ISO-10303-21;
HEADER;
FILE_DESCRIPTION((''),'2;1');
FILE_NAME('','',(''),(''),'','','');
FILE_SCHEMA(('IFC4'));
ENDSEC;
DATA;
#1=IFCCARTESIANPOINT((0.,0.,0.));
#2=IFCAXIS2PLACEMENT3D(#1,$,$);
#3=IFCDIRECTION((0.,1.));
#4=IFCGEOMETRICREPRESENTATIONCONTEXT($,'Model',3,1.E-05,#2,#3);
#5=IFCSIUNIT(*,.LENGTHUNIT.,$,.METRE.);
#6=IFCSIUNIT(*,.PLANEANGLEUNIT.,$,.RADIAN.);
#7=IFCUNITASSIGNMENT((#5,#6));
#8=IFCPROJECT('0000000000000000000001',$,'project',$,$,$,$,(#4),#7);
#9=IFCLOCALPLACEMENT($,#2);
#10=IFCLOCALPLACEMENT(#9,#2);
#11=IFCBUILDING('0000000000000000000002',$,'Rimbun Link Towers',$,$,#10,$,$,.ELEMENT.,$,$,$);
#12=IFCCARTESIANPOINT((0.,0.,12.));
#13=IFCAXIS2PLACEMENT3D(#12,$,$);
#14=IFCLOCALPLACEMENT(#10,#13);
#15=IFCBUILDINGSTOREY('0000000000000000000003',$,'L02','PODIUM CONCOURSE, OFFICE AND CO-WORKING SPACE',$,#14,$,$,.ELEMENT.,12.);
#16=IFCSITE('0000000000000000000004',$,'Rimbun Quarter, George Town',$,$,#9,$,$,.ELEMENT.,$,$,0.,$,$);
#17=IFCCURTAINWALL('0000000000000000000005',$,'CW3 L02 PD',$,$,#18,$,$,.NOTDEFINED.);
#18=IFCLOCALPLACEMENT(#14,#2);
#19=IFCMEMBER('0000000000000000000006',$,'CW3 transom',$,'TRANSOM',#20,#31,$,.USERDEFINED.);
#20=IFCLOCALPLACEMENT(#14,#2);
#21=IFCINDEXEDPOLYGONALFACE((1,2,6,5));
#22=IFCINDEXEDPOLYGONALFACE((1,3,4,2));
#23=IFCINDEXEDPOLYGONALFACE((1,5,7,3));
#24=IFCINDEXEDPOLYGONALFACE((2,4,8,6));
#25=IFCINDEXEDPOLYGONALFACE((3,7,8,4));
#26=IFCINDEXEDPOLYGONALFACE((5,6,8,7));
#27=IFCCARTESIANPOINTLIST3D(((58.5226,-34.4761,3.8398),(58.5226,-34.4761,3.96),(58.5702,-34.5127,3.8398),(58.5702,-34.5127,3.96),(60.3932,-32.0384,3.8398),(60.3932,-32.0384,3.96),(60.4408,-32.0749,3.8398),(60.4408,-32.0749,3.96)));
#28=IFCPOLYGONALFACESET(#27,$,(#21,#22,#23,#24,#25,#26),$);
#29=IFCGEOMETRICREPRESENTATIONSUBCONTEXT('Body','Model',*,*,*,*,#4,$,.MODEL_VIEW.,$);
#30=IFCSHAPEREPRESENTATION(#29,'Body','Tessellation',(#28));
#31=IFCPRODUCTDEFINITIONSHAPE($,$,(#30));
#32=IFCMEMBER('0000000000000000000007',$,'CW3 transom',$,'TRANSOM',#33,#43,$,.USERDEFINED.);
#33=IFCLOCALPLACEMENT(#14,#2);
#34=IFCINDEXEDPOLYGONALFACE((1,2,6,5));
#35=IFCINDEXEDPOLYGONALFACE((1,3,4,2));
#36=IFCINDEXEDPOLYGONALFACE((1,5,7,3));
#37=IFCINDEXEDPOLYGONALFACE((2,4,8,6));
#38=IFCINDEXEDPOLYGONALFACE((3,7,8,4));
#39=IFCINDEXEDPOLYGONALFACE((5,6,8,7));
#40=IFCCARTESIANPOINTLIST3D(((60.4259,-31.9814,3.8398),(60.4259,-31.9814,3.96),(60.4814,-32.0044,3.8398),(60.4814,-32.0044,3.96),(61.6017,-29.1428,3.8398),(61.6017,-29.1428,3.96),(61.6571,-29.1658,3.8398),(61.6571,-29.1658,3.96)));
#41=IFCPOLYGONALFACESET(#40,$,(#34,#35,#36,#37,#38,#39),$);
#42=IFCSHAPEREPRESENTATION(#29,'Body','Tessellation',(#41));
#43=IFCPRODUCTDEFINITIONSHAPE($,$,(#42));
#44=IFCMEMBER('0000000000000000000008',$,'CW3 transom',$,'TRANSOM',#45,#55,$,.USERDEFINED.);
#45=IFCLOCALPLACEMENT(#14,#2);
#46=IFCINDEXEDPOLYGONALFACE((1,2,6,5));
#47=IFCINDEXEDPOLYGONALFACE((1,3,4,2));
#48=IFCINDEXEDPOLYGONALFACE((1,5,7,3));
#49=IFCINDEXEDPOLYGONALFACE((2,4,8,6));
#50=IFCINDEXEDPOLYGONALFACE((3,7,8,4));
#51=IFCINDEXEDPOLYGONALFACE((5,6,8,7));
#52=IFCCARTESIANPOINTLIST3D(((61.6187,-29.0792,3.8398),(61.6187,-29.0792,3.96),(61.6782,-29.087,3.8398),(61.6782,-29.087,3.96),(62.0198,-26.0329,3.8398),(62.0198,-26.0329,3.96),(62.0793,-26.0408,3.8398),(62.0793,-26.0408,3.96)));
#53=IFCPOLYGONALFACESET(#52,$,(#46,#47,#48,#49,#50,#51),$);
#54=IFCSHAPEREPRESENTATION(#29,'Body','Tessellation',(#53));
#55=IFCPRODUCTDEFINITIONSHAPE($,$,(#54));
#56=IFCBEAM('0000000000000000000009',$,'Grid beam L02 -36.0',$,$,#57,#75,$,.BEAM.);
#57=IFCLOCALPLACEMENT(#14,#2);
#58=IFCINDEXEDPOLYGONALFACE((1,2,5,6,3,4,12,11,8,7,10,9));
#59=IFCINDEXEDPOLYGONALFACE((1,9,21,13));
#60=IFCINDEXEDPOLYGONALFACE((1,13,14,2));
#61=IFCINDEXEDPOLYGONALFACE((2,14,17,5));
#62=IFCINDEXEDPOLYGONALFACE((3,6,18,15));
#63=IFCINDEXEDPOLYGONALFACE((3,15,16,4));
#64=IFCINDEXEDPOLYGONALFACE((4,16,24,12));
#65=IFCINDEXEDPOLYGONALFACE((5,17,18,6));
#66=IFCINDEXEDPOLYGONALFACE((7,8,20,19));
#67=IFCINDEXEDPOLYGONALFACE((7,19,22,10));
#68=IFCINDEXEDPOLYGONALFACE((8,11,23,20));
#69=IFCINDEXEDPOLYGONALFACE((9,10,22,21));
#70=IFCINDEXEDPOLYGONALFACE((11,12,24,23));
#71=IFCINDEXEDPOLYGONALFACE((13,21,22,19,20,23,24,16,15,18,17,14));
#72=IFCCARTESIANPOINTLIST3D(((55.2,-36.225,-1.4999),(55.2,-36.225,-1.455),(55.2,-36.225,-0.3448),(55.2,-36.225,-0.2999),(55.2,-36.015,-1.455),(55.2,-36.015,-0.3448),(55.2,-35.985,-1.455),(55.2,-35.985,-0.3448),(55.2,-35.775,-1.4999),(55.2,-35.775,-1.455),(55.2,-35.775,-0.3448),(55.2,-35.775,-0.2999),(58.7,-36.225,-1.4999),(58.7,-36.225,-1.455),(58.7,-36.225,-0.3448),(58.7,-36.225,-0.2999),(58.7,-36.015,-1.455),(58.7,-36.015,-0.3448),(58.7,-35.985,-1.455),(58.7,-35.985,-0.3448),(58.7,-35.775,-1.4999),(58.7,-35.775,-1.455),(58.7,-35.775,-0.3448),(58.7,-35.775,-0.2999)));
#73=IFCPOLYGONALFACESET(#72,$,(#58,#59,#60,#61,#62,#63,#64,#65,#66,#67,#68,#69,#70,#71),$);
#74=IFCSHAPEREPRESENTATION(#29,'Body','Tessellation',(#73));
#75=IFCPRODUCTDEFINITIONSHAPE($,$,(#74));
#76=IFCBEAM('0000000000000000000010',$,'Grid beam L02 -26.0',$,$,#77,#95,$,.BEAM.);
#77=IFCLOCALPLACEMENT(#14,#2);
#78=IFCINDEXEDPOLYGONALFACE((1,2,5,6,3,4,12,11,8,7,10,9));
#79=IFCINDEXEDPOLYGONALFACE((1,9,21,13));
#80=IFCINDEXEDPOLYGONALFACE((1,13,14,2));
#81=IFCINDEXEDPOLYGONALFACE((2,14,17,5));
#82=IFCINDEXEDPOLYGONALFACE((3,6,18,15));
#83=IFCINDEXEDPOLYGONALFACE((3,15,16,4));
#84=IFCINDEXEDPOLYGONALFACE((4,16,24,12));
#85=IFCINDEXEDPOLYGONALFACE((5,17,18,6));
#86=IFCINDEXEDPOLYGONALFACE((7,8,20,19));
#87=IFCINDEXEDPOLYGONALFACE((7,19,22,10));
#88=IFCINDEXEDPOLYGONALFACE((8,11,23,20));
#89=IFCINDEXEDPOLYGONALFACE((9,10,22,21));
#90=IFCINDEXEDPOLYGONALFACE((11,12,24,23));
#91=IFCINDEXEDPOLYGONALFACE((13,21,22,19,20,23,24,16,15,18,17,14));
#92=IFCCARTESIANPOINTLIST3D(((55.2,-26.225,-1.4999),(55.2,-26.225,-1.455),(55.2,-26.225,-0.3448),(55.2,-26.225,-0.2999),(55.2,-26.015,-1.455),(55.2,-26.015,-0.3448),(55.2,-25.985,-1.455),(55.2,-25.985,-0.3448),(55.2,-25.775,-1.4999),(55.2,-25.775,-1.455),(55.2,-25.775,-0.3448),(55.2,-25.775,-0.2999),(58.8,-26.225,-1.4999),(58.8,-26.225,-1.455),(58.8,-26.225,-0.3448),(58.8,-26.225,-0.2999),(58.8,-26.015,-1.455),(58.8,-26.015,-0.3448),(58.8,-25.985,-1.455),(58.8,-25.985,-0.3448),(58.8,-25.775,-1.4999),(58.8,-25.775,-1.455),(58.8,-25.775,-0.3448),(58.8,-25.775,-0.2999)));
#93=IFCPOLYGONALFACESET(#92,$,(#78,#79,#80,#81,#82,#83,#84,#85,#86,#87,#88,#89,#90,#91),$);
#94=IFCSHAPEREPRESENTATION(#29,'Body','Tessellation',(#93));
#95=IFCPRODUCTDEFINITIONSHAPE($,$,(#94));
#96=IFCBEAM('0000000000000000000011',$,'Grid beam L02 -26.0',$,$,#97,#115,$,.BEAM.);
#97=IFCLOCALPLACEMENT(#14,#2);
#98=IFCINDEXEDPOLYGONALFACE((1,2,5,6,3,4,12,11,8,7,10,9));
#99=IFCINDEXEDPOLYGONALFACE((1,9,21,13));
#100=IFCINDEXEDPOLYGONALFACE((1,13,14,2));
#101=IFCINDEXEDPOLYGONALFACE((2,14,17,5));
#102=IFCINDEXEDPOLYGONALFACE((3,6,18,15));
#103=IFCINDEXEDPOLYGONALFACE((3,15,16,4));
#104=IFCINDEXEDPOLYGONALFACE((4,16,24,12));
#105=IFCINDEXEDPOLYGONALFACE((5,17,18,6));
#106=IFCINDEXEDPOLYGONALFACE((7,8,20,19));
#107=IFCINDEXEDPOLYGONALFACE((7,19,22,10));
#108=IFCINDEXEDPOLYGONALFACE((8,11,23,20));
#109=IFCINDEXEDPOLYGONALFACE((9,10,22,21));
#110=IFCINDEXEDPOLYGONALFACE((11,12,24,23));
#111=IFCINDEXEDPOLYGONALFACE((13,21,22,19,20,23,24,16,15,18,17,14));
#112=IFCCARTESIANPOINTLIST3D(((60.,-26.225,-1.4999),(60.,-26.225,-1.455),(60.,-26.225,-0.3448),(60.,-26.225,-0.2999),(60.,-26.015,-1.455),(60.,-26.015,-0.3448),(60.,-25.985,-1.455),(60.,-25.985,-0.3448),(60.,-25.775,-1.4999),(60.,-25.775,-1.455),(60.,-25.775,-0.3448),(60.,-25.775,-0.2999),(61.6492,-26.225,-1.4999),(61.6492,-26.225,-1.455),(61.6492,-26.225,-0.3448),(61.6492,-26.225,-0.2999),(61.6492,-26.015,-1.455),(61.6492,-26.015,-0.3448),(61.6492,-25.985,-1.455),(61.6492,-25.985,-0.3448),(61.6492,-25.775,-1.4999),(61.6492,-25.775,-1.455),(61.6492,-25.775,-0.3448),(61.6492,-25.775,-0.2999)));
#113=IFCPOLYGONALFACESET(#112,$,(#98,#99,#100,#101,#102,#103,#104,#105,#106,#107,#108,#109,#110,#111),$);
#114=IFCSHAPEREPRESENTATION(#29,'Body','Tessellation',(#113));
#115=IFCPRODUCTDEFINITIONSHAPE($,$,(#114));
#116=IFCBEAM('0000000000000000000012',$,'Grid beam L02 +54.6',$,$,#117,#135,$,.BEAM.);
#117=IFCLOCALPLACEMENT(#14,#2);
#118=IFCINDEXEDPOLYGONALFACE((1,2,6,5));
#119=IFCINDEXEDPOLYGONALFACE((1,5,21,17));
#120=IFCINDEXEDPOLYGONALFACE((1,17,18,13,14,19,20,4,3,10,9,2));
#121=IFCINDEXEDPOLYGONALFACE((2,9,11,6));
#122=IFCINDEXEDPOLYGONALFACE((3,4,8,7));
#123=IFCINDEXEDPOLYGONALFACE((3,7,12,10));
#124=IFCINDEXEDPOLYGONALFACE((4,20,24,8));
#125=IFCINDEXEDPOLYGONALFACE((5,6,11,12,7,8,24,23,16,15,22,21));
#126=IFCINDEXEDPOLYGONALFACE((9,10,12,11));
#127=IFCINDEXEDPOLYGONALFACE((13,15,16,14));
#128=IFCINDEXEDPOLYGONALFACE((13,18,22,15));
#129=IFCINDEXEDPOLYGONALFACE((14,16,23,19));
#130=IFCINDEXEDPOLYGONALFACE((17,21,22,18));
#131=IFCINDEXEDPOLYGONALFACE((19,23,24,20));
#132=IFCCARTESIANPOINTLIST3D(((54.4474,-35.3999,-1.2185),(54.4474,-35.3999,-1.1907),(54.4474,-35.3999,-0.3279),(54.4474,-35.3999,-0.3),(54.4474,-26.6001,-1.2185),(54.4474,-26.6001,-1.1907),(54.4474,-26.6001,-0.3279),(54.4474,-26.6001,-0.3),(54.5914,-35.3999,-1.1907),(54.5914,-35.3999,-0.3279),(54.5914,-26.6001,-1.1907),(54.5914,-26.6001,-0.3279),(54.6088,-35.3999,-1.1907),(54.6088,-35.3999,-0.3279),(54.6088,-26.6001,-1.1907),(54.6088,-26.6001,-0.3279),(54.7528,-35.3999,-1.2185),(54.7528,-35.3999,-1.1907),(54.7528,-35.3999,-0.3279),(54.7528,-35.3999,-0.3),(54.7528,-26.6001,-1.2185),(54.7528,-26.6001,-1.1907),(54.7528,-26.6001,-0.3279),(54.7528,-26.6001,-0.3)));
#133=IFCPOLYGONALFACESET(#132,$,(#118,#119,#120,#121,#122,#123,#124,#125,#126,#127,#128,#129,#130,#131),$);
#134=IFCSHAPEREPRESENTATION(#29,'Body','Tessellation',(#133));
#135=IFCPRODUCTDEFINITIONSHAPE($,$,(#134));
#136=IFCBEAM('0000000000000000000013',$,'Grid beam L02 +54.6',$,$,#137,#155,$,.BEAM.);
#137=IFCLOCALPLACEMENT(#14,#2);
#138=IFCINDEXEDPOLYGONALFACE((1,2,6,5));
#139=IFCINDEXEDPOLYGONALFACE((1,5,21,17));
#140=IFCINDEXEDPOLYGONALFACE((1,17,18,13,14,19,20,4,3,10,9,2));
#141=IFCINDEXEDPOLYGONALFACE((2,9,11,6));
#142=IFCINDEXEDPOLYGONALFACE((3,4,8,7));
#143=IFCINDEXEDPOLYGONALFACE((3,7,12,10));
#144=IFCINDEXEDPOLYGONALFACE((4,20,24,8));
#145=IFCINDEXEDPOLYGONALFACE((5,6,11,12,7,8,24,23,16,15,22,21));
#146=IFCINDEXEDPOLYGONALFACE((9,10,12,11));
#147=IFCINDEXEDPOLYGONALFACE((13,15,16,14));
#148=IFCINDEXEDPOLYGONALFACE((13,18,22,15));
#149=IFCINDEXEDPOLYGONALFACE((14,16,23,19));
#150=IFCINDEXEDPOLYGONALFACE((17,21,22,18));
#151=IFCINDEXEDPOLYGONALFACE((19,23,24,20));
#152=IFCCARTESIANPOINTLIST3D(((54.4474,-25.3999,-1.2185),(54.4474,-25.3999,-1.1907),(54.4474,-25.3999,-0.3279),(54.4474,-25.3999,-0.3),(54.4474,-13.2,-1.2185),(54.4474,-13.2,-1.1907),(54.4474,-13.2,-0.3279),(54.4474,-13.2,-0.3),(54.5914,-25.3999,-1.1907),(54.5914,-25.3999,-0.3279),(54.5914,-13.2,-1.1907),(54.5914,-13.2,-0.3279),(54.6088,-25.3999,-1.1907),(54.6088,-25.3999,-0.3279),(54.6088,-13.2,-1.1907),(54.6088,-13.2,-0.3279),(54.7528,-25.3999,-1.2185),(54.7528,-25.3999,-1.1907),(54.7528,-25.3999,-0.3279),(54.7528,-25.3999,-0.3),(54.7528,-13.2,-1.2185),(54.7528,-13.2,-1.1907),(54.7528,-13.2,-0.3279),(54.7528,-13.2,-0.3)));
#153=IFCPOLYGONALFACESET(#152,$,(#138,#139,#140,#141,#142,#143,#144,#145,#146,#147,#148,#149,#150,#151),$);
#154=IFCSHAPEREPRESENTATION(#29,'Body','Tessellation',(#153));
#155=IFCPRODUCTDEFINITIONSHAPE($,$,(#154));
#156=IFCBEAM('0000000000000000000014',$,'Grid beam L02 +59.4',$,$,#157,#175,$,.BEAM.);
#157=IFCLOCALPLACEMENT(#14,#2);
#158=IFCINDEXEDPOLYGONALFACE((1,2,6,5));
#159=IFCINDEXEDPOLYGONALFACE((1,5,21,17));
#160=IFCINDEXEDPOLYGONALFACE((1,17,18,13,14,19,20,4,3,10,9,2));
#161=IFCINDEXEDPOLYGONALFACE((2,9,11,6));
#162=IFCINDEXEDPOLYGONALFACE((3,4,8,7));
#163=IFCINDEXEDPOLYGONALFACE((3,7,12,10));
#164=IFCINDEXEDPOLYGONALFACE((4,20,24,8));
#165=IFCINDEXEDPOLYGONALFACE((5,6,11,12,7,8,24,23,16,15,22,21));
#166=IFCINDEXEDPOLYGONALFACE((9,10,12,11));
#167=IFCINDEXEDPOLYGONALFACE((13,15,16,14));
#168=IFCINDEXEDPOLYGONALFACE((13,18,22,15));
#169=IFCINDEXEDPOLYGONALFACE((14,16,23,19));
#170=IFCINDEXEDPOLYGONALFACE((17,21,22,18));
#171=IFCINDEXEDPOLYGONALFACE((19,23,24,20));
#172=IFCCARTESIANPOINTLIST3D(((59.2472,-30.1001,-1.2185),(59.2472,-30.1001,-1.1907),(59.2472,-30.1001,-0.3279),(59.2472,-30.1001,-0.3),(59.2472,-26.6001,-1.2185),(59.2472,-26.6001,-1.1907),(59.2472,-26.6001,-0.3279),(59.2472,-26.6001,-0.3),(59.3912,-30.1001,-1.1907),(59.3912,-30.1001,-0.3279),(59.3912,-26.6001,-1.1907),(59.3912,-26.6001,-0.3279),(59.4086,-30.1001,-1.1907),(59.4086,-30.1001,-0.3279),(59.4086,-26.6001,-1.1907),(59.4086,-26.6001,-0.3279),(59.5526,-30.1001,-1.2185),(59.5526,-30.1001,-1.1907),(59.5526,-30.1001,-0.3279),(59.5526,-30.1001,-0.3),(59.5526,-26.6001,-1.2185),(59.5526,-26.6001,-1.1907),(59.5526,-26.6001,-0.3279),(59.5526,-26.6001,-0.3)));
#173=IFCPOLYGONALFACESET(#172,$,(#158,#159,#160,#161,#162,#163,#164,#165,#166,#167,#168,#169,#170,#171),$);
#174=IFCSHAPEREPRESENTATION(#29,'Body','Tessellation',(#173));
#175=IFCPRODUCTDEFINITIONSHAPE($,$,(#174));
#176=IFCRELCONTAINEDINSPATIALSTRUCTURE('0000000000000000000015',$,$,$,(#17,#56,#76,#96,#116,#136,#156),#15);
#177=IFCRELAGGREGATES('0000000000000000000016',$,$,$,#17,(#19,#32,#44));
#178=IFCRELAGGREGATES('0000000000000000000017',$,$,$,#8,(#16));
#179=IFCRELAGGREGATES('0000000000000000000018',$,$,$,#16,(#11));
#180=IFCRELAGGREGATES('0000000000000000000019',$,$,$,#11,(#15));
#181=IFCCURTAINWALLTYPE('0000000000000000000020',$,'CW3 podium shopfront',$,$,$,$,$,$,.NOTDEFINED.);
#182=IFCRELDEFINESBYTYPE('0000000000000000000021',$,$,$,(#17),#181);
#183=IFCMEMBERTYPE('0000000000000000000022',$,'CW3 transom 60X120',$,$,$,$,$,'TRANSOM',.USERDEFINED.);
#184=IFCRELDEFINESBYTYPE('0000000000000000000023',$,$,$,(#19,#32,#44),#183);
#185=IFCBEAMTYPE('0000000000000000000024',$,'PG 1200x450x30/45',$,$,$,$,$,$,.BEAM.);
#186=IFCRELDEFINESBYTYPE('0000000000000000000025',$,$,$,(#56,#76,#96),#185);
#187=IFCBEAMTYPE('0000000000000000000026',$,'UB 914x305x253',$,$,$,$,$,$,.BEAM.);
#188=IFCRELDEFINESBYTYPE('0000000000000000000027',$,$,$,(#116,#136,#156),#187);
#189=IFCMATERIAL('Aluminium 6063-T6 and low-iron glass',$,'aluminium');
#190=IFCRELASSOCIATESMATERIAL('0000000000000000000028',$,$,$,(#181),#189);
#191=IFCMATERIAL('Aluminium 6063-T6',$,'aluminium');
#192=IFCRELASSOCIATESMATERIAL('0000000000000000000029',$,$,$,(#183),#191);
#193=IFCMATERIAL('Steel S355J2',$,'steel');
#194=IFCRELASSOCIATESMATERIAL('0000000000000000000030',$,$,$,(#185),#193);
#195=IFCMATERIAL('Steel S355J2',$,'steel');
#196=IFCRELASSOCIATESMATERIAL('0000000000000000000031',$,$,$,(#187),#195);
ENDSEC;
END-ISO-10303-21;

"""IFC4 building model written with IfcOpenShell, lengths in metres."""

from ifc_helpers import new_model, si_unit, direction, frame, origin, origin_2d, place, context, subcontext, project, spatial, rectangle, i_section, extrude, material, material_profile, profile_set, type_object, element, aggregate, save


model = new_model("IFC4")

# Units and contexts
model_context = context("Model", 3, precision=1e-05, world=origin(), true_north=direction((0.0, 1.0)))
body_context = subcontext(model_context, "Body", "Model", "MODEL_VIEW")
ifc_project = project(units=[si_unit("LENGTHUNIT", "METRE"), si_unit("PLANEANGLEUNIT", "RADIAN")], contexts=[model_context])

# Site, building, storey
site_placement = place(None, origin())
site = spatial("IfcSite", under=ifc_project, at=site_placement, Name="Rimbun Quarter, George Town", CompositionType="ELEMENT", RefElevation=0.0)
building_placement = place(site_placement, origin())
building = spatial("IfcBuilding", under=site, at=building_placement, Name="Rimbun Link Towers", CompositionType="ELEMENT")
storey_placement = place(building_placement, frame((0.0, 0.0, 12.0)))
storey = spatial("IfcBuildingStorey", under=building, at=storey_placement, Name="L02", Description="PODIUM CONCOURSE, OFFICE AND CO-WORKING SPACE", CompositionType="ELEMENT", Elevation=12.0)

# Curtain wall, members
ifc_material_1 = material(Name="Aluminium 6063-T6 and low-iron glass", Category="aluminium")
curtain_wall_type = type_object("IfcCurtainWallType", Name="CW3 podium shopfront", PredefinedType="NOTDEFINED", material=ifc_material_1)
curtain_wall_placement = place(storey_placement, origin())
curtain_wall = element("IfcCurtainWall", 1, at=curtain_wall_placement, inside=storey, type_object=curtain_wall_type, Name="CW3 L02 PD", PredefinedType="NOTDEFINED")
ifc_material_2 = material(Name="Aluminium 6063-T6", Category="aluminium")
ifc_material_profile_1 = material_profile(ifc_material_2, rectangle(XDim=0.0601, YDim=0.1201, at=origin_2d()), Name="TRANSOM 60X120")
ifc_profile_set_1 = profile_set([ifc_material_profile_1], Name="Aluminium 6063-T6")
member_type_1 = type_object("IfcMemberType", Name="CW3 transom 60X120", ElementType="TRANSOM", PredefinedType="USERDEFINED", material=ifc_profile_set_1)
member_1_placement = place(storey_placement, frame((60.417, -32.0566, 3.8999), z_axis=(-0.608773, -0.793344, 0.0), x_axis=(0.793344, -0.608773, 0.0)))
member_1 = element("IfcMember", 2, at=member_1_placement, type_object=member_type_1, Name="CW3 transom", ObjectType="TRANSOM", PredefinedType="USERDEFINED", context=body_context, shape_type="SweptSolid", body=[
    extrude(rectangle(XDim=0.0601, YDim=0.1201, at=origin_2d()), origin(), (0.0, 0.0, 1.0), 3.0728),
])
member_2_placement = place(storey_placement, frame((61.6294, -29.1543, 3.8999), z_axis=(-0.382679, -0.923881, 0.0), x_axis=(0.923881, -0.382679, 0.0)))
member_2 = element("IfcMember", 3, at=member_2_placement, type_object=member_type_1, Name="CW3 transom", ObjectType="TRANSOM", PredefinedType="USERDEFINED", context=body_context, shape_type="SweptSolid", body=[
    extrude(rectangle(XDim=0.0601, YDim=0.1201, at=origin_2d()), origin(), (0.0, 0.0, 1.0), 3.0725),
])
member_3_placement = place(storey_placement, frame((62.0496, -26.0369, 3.8999), z_axis=(-0.130555, -0.991441, 0.0), x_axis=(0.991441, -0.130555, 0.0)))
member_3 = element("IfcMember", 4, at=member_3_placement, type_object=member_type_1, Name="CW3 transom", ObjectType="TRANSOM", PredefinedType="USERDEFINED", context=body_context, shape_type="SweptSolid", body=[
    extrude(rectangle(XDim=0.0601, YDim=0.1201, at=origin_2d()), origin(), (0.0, 0.0, 1.0), 3.0725),
])

# Beams
ifc_material_3 = material(Name="Steel S355J2", Category="steel")
ifc_material_profile_2 = material_profile(ifc_material_3, i_section(OverallWidth=0.45, OverallDepth=1.2, WebThickness=0.03, FlangeThickness=0.0449, at=origin_2d()), Name="PG 1200x450x30/45")
ifc_profile_set_2 = profile_set([ifc_material_profile_2], Name="Steel S355J2")
beam_type_1 = type_object("IfcBeamType", Name="PG 1200x450x30/45", PredefinedType="BEAM", material=ifc_profile_set_2)
beam_1_placement = place(storey_placement, frame((55.2, -36.0, -0.8999), z_axis=(1.0, 0.0, 0.0), x_axis=(0.0, 1.0, 0.0)))
element("IfcBeam", 5, at=beam_1_placement, inside=storey, type_object=beam_type_1, Name="Grid beam L02 -36.0", PredefinedType="BEAM", context=body_context, shape_type="SweptSolid", body=[
    extrude(i_section(OverallWidth=0.45, OverallDepth=1.2, WebThickness=0.03, FlangeThickness=0.0449, at=origin_2d()), origin(), (0.0, 0.0, 1.0), 3.5),
])
beam_2_placement = place(storey_placement, frame((55.2, -26.0, -0.8999), z_axis=(1.0, 0.0, 0.0), x_axis=(0.0, 1.0, 0.0)))
element("IfcBeam", 6, at=beam_2_placement, inside=storey, type_object=beam_type_1, Name="Grid beam L02 -26.0", PredefinedType="BEAM", context=body_context, shape_type="SweptSolid", body=[
    extrude(i_section(OverallWidth=0.45, OverallDepth=1.2, WebThickness=0.03, FlangeThickness=0.0449, at=origin_2d()), origin(), (0.0, 0.0, 1.0), 3.6001),
])
beam_3_placement = place(storey_placement, frame((60.0, -26.0, -0.8999), z_axis=(1.0, 0.0, 0.0), x_axis=(0.0, 1.0, 0.0)))
element("IfcBeam", 7, at=beam_3_placement, inside=storey, type_object=beam_type_1, Name="Grid beam L02 -26.0", PredefinedType="BEAM", context=body_context, shape_type="SweptSolid", body=[
    extrude(i_section(OverallWidth=0.45, OverallDepth=1.2, WebThickness=0.03, FlangeThickness=0.0449, at=origin_2d()), origin(), (0.0, 0.0, 1.0), 1.6492),
])
ifc_material_4 = material(Name="Steel S355J2", Category="steel")
ifc_material_profile_3 = material_profile(ifc_material_4, i_section(OverallWidth=0.3054, OverallDepth=0.9185, WebThickness=0.0173, FlangeThickness=0.0278, at=origin_2d()), Name="UB 914x305x253")
ifc_profile_set_3 = profile_set([ifc_material_profile_3], Name="Steel S355J2")
beam_type_2 = type_object("IfcBeamType", Name="UB 914x305x253", PredefinedType="BEAM", material=ifc_profile_set_3)
beam_4_placement = place(storey_placement, frame((54.6001, -35.3999, -0.7593), z_axis=(0.0, 1.0, 0.0), x_axis=(-1.0, 0.0, 0.0)))
element("IfcBeam", 8, at=beam_4_placement, inside=storey, type_object=beam_type_2, Name="Grid beam L02 +54.6", PredefinedType="BEAM", context=body_context, shape_type="SweptSolid", body=[
    extrude(i_section(OverallWidth=0.3054, OverallDepth=0.9185, WebThickness=0.0173, FlangeThickness=0.0278, at=origin_2d()), origin(), (0.0, 0.0, 1.0), 8.7998),
])
beam_5_placement = place(storey_placement, frame((54.6001, -25.3999, -0.7593), z_axis=(0.0, 1.0, 0.0), x_axis=(-1.0, 0.0, 0.0)))
element("IfcBeam", 9, at=beam_5_placement, inside=storey, type_object=beam_type_2, Name="Grid beam L02 +54.6", PredefinedType="BEAM", context=body_context, shape_type="SweptSolid", body=[
    extrude(i_section(OverallWidth=0.3054, OverallDepth=0.9185, WebThickness=0.0173, FlangeThickness=0.0278, at=origin_2d()), origin(), (0.0, 0.0, 1.0), 12.2),
])
beam_6_placement = place(storey_placement, frame((59.3999, -30.1001, -0.7593), z_axis=(0.0, 1.0, 0.0), x_axis=(-1.0, 0.0, 0.0)))
element("IfcBeam", 10, at=beam_6_placement, inside=storey, type_object=beam_type_2, Name="Grid beam L02 +59.4", PredefinedType="BEAM", context=body_context, shape_type="SweptSolid", body=[
    extrude(i_section(OverallWidth=0.3054, OverallDepth=0.9185, WebThickness=0.0173, FlangeThickness=0.0278, at=origin_2d()), origin(), (0.0, 0.0, 1.0), 3.5),
])

aggregate(curtain_wall, [member_1, member_2, member_3])

save(model, "model.ifc")
